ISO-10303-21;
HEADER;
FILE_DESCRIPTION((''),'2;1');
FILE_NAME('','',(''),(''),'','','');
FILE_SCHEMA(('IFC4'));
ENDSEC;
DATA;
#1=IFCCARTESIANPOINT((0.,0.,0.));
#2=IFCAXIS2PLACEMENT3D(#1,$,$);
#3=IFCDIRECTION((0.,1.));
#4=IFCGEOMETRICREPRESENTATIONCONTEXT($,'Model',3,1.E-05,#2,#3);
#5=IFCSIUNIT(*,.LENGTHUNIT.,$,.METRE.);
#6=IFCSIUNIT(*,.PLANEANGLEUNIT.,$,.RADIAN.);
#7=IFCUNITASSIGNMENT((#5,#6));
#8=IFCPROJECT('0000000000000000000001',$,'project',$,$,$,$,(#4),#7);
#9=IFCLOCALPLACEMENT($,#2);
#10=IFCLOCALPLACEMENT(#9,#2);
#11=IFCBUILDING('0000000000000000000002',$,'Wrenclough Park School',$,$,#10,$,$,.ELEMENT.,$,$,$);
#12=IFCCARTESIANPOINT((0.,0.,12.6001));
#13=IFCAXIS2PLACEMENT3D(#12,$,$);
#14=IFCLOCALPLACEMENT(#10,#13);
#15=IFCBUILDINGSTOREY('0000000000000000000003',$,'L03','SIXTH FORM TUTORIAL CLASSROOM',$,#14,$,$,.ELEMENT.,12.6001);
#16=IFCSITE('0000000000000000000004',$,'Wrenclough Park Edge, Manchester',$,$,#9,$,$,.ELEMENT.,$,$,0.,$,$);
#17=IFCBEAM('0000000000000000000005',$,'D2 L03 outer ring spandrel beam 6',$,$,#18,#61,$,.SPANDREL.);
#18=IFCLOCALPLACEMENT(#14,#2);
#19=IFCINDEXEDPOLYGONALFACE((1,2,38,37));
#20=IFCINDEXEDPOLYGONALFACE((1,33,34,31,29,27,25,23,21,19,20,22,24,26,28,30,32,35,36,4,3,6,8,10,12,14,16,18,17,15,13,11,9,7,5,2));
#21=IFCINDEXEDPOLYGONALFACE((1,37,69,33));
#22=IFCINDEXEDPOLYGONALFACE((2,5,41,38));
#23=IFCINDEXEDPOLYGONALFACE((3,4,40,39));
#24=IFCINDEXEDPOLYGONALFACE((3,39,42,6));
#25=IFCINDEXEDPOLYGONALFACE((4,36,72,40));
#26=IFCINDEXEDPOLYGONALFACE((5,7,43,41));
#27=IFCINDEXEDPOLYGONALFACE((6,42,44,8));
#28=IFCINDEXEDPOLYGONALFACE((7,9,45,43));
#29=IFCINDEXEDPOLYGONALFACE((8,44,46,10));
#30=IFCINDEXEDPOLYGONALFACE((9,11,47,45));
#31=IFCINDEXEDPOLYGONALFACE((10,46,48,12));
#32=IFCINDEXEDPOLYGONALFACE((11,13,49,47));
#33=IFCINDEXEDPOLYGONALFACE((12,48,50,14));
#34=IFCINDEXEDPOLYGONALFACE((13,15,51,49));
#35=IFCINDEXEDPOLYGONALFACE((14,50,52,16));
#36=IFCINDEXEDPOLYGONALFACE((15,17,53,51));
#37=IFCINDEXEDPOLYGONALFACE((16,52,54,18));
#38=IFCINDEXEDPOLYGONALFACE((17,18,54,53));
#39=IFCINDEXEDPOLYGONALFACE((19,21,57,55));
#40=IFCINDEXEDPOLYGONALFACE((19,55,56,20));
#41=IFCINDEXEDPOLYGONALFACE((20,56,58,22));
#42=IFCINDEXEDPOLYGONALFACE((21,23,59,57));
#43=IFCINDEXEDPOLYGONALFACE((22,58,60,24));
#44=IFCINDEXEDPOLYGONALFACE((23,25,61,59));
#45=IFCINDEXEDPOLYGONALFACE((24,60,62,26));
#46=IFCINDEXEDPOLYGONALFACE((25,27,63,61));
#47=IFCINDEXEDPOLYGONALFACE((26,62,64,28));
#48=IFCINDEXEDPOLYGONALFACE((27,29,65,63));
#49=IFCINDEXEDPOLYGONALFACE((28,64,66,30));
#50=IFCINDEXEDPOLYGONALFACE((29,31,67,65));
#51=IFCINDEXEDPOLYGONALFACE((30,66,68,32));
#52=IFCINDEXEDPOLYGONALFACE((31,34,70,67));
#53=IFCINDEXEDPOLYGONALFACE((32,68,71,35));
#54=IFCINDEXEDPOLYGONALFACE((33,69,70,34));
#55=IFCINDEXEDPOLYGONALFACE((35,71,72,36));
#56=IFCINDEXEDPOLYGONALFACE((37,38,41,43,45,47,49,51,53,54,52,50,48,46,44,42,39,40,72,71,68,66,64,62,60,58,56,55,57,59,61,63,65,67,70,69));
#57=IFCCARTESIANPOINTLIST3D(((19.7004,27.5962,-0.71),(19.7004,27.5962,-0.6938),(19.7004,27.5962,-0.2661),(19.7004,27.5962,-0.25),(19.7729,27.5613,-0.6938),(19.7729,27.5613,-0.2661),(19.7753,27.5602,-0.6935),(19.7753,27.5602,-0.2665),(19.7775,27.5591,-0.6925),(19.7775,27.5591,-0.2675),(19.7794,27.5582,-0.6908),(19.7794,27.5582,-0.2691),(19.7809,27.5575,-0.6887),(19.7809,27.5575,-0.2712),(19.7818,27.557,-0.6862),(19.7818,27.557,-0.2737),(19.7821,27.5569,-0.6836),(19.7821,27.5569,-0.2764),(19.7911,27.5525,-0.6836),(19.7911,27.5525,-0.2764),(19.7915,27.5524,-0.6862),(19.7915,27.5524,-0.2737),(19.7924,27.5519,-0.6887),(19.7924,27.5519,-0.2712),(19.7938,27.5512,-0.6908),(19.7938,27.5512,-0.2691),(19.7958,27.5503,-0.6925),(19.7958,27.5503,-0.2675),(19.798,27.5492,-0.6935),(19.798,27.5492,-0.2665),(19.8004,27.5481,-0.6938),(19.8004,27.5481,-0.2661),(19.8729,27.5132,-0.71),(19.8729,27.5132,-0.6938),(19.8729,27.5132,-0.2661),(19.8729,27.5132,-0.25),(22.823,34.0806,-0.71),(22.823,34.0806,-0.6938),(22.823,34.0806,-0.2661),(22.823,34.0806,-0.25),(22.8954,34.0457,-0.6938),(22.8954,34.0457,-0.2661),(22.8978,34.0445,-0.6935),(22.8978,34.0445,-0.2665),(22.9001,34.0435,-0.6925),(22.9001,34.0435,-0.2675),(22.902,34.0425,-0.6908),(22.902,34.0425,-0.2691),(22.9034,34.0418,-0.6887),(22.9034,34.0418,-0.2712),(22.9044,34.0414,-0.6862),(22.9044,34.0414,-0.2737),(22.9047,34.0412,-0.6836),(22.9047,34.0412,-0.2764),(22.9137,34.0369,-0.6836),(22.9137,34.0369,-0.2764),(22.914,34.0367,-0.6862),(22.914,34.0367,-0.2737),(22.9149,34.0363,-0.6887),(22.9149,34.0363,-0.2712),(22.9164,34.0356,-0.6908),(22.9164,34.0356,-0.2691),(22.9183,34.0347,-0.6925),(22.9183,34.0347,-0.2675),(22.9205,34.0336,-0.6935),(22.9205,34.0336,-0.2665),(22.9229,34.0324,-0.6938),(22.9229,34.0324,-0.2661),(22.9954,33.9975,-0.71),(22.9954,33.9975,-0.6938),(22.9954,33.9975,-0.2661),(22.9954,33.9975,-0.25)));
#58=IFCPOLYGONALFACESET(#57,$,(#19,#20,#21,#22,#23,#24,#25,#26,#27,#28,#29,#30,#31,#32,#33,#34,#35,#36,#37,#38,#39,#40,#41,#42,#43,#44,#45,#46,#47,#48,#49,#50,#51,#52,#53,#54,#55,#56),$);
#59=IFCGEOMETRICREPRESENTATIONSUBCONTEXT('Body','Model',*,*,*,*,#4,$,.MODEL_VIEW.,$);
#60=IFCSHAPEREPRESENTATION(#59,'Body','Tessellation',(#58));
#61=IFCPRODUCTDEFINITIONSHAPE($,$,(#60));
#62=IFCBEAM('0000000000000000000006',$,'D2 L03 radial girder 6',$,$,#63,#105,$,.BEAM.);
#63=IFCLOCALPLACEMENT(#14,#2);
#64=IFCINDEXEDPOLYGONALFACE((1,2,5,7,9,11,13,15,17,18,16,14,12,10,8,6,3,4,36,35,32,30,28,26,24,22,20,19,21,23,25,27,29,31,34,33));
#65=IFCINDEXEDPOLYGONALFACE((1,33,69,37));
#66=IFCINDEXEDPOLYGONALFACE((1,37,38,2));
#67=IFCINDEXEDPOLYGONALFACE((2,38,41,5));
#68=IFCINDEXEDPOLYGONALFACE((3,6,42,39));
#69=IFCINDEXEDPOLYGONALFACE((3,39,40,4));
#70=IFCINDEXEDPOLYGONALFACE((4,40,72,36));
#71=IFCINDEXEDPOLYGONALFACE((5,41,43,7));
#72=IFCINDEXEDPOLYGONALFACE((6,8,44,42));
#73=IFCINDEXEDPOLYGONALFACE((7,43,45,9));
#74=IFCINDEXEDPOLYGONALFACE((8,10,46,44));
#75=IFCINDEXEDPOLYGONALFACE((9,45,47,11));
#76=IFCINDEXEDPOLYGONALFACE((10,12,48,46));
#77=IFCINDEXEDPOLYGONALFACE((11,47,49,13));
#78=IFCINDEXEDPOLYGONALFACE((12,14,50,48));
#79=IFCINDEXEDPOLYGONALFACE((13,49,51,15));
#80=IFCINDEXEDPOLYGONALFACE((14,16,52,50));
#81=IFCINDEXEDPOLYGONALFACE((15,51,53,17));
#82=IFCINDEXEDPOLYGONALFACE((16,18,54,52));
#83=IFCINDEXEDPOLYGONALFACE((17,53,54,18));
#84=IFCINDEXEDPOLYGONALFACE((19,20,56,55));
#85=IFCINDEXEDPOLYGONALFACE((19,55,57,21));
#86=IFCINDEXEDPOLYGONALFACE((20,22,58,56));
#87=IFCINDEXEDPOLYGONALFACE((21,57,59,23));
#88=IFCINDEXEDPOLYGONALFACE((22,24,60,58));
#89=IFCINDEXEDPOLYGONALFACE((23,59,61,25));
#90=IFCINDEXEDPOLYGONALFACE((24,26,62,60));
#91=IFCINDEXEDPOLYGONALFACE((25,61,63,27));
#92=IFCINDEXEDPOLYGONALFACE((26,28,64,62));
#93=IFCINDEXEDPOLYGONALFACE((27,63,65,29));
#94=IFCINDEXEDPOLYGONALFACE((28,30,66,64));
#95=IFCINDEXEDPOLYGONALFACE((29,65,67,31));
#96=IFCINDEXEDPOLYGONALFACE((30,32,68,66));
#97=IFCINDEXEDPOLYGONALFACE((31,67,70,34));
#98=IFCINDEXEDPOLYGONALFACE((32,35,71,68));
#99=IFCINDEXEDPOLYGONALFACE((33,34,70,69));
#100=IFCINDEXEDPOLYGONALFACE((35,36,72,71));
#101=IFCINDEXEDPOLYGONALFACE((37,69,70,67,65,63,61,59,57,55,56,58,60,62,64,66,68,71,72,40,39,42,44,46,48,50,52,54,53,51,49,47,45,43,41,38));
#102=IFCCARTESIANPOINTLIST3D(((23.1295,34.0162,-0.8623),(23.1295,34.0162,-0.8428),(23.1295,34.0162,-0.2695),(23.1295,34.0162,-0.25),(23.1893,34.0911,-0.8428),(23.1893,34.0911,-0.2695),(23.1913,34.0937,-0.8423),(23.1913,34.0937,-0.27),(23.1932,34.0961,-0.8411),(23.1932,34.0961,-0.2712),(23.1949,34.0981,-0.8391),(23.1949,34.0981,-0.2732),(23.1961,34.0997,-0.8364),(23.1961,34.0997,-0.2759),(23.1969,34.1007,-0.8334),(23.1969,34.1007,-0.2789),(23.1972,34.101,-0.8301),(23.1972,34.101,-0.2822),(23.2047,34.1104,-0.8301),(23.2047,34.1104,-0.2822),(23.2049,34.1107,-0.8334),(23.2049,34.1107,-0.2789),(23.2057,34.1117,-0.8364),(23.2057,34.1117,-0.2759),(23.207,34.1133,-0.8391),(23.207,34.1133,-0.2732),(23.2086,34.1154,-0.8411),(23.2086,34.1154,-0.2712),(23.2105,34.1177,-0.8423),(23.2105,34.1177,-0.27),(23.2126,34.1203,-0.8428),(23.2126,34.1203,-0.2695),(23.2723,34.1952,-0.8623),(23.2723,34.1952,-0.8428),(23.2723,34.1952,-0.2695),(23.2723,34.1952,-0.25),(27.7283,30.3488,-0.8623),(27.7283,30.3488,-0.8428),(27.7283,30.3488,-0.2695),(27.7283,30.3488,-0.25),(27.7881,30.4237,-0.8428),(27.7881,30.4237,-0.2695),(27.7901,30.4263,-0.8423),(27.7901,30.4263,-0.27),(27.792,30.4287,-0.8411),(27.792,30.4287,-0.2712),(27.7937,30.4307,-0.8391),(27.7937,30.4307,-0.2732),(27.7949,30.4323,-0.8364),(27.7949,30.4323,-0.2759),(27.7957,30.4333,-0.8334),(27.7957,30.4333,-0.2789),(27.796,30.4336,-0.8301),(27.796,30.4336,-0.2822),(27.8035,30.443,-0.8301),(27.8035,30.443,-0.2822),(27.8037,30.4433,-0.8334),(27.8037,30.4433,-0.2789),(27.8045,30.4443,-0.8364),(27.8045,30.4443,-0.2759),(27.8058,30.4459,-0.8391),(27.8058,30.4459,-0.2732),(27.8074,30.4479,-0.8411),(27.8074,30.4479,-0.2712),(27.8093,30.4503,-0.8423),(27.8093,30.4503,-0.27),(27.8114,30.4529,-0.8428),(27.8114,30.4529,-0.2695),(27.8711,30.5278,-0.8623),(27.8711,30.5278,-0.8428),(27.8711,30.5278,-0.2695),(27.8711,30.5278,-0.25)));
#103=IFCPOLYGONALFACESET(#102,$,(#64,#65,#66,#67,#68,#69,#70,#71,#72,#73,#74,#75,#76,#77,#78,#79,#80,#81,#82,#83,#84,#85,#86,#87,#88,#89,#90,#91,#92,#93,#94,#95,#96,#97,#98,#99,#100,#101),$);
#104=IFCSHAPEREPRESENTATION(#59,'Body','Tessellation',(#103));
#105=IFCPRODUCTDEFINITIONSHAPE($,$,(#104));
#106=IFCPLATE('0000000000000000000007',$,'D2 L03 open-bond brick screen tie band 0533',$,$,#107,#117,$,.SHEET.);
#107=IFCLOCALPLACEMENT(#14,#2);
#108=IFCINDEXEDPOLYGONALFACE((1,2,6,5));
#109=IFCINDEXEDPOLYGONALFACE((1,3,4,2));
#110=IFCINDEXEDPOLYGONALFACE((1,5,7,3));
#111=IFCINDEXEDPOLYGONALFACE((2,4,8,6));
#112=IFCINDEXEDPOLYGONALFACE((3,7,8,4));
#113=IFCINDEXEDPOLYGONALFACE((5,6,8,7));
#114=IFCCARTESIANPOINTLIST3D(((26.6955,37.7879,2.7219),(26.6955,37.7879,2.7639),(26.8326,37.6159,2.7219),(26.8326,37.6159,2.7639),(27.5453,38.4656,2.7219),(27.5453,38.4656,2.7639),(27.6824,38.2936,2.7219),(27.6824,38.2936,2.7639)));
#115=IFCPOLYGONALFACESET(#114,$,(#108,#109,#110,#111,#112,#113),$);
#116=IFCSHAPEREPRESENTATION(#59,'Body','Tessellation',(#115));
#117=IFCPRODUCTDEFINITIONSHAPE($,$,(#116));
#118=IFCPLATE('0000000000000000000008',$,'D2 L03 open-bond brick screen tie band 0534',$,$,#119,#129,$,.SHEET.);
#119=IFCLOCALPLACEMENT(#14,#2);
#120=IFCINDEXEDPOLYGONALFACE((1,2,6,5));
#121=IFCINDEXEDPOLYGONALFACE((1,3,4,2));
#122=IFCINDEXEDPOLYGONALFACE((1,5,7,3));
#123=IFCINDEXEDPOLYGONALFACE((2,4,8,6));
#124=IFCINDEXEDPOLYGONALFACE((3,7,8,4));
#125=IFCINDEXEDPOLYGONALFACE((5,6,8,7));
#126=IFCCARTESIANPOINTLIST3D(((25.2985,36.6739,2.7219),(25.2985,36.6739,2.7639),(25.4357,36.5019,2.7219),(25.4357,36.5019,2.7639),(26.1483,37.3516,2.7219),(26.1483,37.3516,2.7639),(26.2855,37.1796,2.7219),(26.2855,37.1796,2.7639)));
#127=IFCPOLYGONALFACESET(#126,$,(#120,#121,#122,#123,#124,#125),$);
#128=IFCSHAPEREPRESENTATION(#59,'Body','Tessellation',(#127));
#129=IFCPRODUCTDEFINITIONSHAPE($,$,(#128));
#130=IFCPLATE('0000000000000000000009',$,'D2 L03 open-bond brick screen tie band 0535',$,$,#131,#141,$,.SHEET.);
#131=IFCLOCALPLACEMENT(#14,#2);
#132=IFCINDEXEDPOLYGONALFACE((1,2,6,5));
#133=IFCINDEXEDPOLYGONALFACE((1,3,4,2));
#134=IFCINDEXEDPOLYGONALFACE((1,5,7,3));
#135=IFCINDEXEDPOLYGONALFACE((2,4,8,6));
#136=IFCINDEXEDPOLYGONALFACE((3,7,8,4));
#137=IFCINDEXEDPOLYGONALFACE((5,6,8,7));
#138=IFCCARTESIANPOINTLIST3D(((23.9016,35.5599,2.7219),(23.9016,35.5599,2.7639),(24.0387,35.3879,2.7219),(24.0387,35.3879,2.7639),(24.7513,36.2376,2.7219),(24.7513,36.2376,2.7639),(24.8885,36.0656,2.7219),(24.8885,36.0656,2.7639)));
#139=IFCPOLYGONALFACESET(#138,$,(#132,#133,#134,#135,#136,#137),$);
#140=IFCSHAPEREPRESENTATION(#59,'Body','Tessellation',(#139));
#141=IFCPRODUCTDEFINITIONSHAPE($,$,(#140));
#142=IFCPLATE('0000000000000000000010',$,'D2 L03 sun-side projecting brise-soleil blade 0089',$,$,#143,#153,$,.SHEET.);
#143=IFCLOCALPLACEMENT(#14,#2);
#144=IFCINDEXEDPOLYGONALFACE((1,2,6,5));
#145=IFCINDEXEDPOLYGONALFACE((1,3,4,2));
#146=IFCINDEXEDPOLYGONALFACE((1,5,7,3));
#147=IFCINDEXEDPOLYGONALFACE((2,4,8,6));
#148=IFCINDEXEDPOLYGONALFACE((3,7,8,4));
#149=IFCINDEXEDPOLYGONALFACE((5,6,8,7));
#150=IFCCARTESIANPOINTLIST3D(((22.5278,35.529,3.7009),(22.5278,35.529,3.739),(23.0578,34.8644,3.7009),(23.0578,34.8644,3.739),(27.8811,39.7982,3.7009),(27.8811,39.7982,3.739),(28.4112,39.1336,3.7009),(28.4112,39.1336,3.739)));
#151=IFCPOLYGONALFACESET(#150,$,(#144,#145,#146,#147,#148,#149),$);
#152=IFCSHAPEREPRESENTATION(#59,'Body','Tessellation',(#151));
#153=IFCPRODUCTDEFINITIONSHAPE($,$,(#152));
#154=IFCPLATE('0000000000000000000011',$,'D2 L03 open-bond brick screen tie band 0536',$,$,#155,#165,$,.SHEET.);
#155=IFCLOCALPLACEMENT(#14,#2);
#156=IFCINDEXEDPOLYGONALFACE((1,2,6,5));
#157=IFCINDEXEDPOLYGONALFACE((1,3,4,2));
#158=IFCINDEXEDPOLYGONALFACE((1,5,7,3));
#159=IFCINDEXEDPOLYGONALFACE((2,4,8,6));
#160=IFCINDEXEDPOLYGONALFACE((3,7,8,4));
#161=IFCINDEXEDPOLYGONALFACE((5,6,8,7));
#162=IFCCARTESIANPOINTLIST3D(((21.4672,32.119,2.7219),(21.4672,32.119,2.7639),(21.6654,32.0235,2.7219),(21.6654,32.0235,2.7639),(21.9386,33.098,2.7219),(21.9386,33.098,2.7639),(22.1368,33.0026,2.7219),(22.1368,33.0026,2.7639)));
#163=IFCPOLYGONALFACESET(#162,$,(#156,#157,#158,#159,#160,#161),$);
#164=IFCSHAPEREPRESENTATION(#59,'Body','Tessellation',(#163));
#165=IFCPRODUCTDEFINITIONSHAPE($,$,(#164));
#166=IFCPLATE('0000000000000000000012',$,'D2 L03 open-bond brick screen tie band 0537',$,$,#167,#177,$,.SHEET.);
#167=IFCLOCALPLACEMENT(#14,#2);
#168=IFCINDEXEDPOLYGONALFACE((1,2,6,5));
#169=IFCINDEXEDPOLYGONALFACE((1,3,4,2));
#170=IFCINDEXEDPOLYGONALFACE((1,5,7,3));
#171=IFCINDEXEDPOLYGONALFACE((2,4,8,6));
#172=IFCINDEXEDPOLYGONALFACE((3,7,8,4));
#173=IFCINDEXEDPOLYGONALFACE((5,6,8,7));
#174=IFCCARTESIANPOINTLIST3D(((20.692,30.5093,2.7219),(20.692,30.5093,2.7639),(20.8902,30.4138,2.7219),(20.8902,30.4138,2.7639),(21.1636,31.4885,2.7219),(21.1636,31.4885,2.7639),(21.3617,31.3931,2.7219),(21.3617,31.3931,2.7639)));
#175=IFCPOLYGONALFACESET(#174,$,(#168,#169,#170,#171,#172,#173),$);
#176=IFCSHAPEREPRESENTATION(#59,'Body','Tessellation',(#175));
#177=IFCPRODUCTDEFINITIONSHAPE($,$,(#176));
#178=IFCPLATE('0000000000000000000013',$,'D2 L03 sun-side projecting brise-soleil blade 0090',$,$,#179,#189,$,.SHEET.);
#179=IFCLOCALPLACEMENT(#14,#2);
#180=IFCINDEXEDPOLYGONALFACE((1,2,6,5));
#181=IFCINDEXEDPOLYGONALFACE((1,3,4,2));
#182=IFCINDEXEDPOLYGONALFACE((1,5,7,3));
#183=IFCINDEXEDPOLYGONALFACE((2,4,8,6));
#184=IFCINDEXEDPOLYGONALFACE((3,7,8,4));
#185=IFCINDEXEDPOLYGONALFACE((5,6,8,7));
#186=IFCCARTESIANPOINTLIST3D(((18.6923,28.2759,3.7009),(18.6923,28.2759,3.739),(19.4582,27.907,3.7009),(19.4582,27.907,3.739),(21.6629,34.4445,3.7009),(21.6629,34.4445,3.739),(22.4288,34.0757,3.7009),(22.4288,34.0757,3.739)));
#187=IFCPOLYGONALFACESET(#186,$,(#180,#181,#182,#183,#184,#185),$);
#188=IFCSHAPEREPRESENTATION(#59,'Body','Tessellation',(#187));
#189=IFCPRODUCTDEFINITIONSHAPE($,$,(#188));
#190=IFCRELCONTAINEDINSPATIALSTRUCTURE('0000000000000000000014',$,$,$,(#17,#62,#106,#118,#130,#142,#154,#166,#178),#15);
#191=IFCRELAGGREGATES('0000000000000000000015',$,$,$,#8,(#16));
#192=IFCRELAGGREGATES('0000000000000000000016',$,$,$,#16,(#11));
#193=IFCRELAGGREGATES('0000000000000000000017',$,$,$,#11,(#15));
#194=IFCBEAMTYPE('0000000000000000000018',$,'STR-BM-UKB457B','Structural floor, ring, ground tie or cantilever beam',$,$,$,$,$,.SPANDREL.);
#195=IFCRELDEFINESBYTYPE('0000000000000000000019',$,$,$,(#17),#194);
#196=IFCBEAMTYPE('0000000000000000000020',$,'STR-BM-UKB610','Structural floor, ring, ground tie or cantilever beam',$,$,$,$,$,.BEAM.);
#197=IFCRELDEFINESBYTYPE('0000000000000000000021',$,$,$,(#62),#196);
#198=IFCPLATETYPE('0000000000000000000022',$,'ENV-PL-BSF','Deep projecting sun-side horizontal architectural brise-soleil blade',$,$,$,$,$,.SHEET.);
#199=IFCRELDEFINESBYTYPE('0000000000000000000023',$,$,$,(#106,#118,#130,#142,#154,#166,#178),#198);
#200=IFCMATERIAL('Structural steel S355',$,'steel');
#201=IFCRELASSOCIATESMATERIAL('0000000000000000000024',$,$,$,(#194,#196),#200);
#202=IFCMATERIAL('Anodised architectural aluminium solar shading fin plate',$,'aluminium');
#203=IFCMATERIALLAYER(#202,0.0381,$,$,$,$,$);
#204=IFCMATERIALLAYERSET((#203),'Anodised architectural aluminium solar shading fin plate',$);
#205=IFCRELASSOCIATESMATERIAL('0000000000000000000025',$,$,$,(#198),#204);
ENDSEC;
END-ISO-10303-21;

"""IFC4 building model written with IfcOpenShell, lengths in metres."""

from ifc_helpers import new_model, si_unit, direction, frame, origin, origin_2d, place, context, subcontext, project, spatial, rectangle, i_section, extrude, material, layer, layer_set, material_profile, profile_set, type_object, element, save


model = new_model("IFC4")

# Units and contexts
model_context = context("Model", 3, precision=1e-05, world=origin(), true_north=direction((0.0, 1.0)))
body_context = subcontext(model_context, "Body", "Model", "MODEL_VIEW")
ifc_project = project(units=[si_unit("LENGTHUNIT", "METRE"), si_unit("PLANEANGLEUNIT", "RADIAN")], contexts=[model_context])

# Site, building, storey
site_placement = place(None, origin())
site = spatial("IfcSite", under=ifc_project, at=site_placement, Name="Wrenclough Park Edge, Manchester", CompositionType="ELEMENT", RefElevation=0.0)
building_placement = place(site_placement, origin())
building = spatial("IfcBuilding", under=site, at=building_placement, Name="Wrenclough Park School", CompositionType="ELEMENT")
storey_placement = place(building_placement, frame((0.0, 0.0, 12.6001)))
storey = spatial("IfcBuildingStorey", under=building, at=storey_placement, Name="L03", Description="SIXTH FORM TUTORIAL CLASSROOM", CompositionType="ELEMENT", Elevation=12.6001)

# Beams
ifc_material_1 = material(Name="Structural steel S355", Category="steel")
ifc_material_profile_1 = material_profile(ifc_material_1, i_section(OverallWidth=0.1914, OverallDepth=0.46, WebThickness=0.01, FlangeThickness=0.0161, FilletRadius=0.0103, at=origin_2d()), Name="UKB 457x191x82")
ifc_profile_set_1 = profile_set([ifc_material_profile_1], Name="Structural steel S355")
beam_type_1 = type_object("IfcBeamType", Name="STR-BM-UKB457B", Description="Structural floor, ring, ground tie or cantilever beam", PredefinedType="SPANDREL", material=ifc_profile_set_1)
beam_1_placement = place(storey_placement, frame((22.9092, 34.0391, -0.48), z_axis=(-0.433867, -0.900977, 0.0), x_axis=(0.900977, -0.433867, 0.0)))
element("IfcBeam", 1, at=beam_1_placement, inside=storey, type_object=beam_type_1, Name="D2 L03 outer ring spandrel beam 6", PredefinedType="SPANDREL", context=body_context, shape_type="SweptSolid", body=[
    extrude(i_section(OverallWidth=0.1914, OverallDepth=0.46, WebThickness=0.01, FlangeThickness=0.0161, FilletRadius=0.0103, at=origin_2d()), origin(), (0.0, 0.0, 1.0), 7.197),
])
ifc_material_profile_2 = material_profile(ifc_material_1, i_section(OverallWidth=0.229, OverallDepth=0.6123, WebThickness=0.012, FlangeThickness=0.0195, FilletRadius=0.0127, at=origin_2d()), Name="UKB 610x229x125")
ifc_profile_set_2 = profile_set([ifc_material_profile_2], Name="Structural steel S355")
beam_type_2 = type_object("IfcBeamType", Name="STR-BM-UKB610", Description="Structural floor, ring, ground tie or cantilever beam", PredefinedType="BEAM", material=ifc_profile_set_2)
beam_2_placement = place(storey_placement, frame((23.2009, 34.1057, -0.5562), z_axis=(0.781832, -0.62349, 0.0), x_axis=(0.62349, 0.781832, 0.0)))
element("IfcBeam", 2, at=beam_2_placement, inside=storey, type_object=beam_type_2, Name="D2 L03 radial girder 6", PredefinedType="BEAM", context=body_context, shape_type="SweptSolid", body=[
    extrude(i_section(OverallWidth=0.229, OverallDepth=0.6123, WebThickness=0.012, FlangeThickness=0.0195, FilletRadius=0.0127, at=origin_2d()), origin(), (0.0, 0.0, 1.0), 5.8821),
])

# Plates
ifc_material_2 = material(Name="Anodised architectural aluminium solar shading fin plate", Category="aluminium")
ifc_layer_1 = layer(ifc_material_2, 0.0381)
ifc_layer_set_1 = layer_set([ifc_layer_1], Name="Anodised architectural aluminium solar shading fin plate")
plate_type = type_object("IfcPlateType", Name="ENV-PL-BSF", Description="Deep projecting sun-side horizontal architectural brise-soleil blade", PredefinedType="SHEET", material=ifc_layer_set_1)
for number, where, z_axis, x_axis, name in (
    (3, (27.189, 38.0408, 2.7219), (0.0, 0.0, 1.0), (-0.781832, -0.62349, 0.0), "D2 L03 open-bond brick screen tie band 0533"),
    (4, (25.792, 36.9268, 2.7219), (0.0, 0.0, 1.0), (-0.781832, -0.62349, 0.0), "D2 L03 open-bond brick screen tie band 0534"),
    (5, (24.395, 35.8127, 2.7219), (0.0, 0.0, 1.0), (-0.781832, -0.62349, 0.0), "D2 L03 open-bond brick screen tie band 0535"),
):
    element("IfcPlate", number, at=place(storey_placement, frame(where, z_axis=z_axis, x_axis=x_axis)), inside=storey, type_object=plate_type, Name=name, PredefinedType="SHEET", context=body_context, shape_type="SweptSolid", body=[
        extrude(rectangle(XDim=1.0869, YDim=0.22, at=origin_2d()), origin(), (0.0, 0.0, 1.0), 0.042),
    ])
plate_1_placement = place(storey_placement, frame((25.4695, 37.3313, 3.7009), z_axis=(0.0, 0.0, 1.0), x_axis=(-0.781832, -0.62349, 0.0)))
element("IfcPlate", 6, at=plate_1_placement, inside=storey, type_object=plate_type, Name="D2 L03 sun-side projecting brise-soleil blade 0089", PredefinedType="SHEET", context=body_context, shape_type="SweptSolid", body=[
    extrude(rectangle(XDim=6.8472, YDim=0.8501, at=origin_2d()), origin(), (0.0, 0.0, 1.0), 0.0381),
])
plate_2_placement = place(storey_placement, frame((21.802, 32.5608, 2.7219), z_axis=(0.0, 0.0, 1.0), x_axis=(-0.433872, -0.900975, 0.0)))
element("IfcPlate", 7, at=plate_2_placement, inside=storey, type_object=plate_type, Name="D2 L03 open-bond brick screen tie band 0536", PredefinedType="SHEET", context=body_context, shape_type="SweptSolid", body=[
    extrude(rectangle(XDim=1.0867, YDim=0.22, at=origin_2d()), origin(), (0.0, 0.0, 1.0), 0.042),
])
plate_3_placement = place(storey_placement, frame((21.0269, 30.9512, 2.7219), z_axis=(0.0, 0.0, 1.0), x_axis=(-0.433872, -0.900975, 0.0)))
element("IfcPlate", 8, at=plate_3_placement, inside=storey, type_object=plate_type, Name="D2 L03 open-bond brick screen tie band 0537", PredefinedType="SHEET", context=body_context, shape_type="SweptSolid", body=[
    extrude(rectangle(XDim=1.0869, YDim=0.22, at=origin_2d()), origin(), (0.0, 0.0, 1.0), 0.042),
])
plate_4_placement = place(storey_placement, frame((20.5605, 31.1758, 3.7009), z_axis=(0.0, 0.0, 1.0), x_axis=(-0.433872, -0.900975, 0.0)))
element("IfcPlate", 9, at=plate_4_placement, inside=storey, type_object=plate_type, Name="D2 L03 sun-side projecting brise-soleil blade 0090", PredefinedType="SHEET", context=body_context, shape_type="SweptSolid", body=[
    extrude(rectangle(XDim=6.8467, YDim=0.8501, at=origin_2d()), origin(), (0.0, 0.0, 1.0), 0.0381),
])

save(model, "model.ifc")
